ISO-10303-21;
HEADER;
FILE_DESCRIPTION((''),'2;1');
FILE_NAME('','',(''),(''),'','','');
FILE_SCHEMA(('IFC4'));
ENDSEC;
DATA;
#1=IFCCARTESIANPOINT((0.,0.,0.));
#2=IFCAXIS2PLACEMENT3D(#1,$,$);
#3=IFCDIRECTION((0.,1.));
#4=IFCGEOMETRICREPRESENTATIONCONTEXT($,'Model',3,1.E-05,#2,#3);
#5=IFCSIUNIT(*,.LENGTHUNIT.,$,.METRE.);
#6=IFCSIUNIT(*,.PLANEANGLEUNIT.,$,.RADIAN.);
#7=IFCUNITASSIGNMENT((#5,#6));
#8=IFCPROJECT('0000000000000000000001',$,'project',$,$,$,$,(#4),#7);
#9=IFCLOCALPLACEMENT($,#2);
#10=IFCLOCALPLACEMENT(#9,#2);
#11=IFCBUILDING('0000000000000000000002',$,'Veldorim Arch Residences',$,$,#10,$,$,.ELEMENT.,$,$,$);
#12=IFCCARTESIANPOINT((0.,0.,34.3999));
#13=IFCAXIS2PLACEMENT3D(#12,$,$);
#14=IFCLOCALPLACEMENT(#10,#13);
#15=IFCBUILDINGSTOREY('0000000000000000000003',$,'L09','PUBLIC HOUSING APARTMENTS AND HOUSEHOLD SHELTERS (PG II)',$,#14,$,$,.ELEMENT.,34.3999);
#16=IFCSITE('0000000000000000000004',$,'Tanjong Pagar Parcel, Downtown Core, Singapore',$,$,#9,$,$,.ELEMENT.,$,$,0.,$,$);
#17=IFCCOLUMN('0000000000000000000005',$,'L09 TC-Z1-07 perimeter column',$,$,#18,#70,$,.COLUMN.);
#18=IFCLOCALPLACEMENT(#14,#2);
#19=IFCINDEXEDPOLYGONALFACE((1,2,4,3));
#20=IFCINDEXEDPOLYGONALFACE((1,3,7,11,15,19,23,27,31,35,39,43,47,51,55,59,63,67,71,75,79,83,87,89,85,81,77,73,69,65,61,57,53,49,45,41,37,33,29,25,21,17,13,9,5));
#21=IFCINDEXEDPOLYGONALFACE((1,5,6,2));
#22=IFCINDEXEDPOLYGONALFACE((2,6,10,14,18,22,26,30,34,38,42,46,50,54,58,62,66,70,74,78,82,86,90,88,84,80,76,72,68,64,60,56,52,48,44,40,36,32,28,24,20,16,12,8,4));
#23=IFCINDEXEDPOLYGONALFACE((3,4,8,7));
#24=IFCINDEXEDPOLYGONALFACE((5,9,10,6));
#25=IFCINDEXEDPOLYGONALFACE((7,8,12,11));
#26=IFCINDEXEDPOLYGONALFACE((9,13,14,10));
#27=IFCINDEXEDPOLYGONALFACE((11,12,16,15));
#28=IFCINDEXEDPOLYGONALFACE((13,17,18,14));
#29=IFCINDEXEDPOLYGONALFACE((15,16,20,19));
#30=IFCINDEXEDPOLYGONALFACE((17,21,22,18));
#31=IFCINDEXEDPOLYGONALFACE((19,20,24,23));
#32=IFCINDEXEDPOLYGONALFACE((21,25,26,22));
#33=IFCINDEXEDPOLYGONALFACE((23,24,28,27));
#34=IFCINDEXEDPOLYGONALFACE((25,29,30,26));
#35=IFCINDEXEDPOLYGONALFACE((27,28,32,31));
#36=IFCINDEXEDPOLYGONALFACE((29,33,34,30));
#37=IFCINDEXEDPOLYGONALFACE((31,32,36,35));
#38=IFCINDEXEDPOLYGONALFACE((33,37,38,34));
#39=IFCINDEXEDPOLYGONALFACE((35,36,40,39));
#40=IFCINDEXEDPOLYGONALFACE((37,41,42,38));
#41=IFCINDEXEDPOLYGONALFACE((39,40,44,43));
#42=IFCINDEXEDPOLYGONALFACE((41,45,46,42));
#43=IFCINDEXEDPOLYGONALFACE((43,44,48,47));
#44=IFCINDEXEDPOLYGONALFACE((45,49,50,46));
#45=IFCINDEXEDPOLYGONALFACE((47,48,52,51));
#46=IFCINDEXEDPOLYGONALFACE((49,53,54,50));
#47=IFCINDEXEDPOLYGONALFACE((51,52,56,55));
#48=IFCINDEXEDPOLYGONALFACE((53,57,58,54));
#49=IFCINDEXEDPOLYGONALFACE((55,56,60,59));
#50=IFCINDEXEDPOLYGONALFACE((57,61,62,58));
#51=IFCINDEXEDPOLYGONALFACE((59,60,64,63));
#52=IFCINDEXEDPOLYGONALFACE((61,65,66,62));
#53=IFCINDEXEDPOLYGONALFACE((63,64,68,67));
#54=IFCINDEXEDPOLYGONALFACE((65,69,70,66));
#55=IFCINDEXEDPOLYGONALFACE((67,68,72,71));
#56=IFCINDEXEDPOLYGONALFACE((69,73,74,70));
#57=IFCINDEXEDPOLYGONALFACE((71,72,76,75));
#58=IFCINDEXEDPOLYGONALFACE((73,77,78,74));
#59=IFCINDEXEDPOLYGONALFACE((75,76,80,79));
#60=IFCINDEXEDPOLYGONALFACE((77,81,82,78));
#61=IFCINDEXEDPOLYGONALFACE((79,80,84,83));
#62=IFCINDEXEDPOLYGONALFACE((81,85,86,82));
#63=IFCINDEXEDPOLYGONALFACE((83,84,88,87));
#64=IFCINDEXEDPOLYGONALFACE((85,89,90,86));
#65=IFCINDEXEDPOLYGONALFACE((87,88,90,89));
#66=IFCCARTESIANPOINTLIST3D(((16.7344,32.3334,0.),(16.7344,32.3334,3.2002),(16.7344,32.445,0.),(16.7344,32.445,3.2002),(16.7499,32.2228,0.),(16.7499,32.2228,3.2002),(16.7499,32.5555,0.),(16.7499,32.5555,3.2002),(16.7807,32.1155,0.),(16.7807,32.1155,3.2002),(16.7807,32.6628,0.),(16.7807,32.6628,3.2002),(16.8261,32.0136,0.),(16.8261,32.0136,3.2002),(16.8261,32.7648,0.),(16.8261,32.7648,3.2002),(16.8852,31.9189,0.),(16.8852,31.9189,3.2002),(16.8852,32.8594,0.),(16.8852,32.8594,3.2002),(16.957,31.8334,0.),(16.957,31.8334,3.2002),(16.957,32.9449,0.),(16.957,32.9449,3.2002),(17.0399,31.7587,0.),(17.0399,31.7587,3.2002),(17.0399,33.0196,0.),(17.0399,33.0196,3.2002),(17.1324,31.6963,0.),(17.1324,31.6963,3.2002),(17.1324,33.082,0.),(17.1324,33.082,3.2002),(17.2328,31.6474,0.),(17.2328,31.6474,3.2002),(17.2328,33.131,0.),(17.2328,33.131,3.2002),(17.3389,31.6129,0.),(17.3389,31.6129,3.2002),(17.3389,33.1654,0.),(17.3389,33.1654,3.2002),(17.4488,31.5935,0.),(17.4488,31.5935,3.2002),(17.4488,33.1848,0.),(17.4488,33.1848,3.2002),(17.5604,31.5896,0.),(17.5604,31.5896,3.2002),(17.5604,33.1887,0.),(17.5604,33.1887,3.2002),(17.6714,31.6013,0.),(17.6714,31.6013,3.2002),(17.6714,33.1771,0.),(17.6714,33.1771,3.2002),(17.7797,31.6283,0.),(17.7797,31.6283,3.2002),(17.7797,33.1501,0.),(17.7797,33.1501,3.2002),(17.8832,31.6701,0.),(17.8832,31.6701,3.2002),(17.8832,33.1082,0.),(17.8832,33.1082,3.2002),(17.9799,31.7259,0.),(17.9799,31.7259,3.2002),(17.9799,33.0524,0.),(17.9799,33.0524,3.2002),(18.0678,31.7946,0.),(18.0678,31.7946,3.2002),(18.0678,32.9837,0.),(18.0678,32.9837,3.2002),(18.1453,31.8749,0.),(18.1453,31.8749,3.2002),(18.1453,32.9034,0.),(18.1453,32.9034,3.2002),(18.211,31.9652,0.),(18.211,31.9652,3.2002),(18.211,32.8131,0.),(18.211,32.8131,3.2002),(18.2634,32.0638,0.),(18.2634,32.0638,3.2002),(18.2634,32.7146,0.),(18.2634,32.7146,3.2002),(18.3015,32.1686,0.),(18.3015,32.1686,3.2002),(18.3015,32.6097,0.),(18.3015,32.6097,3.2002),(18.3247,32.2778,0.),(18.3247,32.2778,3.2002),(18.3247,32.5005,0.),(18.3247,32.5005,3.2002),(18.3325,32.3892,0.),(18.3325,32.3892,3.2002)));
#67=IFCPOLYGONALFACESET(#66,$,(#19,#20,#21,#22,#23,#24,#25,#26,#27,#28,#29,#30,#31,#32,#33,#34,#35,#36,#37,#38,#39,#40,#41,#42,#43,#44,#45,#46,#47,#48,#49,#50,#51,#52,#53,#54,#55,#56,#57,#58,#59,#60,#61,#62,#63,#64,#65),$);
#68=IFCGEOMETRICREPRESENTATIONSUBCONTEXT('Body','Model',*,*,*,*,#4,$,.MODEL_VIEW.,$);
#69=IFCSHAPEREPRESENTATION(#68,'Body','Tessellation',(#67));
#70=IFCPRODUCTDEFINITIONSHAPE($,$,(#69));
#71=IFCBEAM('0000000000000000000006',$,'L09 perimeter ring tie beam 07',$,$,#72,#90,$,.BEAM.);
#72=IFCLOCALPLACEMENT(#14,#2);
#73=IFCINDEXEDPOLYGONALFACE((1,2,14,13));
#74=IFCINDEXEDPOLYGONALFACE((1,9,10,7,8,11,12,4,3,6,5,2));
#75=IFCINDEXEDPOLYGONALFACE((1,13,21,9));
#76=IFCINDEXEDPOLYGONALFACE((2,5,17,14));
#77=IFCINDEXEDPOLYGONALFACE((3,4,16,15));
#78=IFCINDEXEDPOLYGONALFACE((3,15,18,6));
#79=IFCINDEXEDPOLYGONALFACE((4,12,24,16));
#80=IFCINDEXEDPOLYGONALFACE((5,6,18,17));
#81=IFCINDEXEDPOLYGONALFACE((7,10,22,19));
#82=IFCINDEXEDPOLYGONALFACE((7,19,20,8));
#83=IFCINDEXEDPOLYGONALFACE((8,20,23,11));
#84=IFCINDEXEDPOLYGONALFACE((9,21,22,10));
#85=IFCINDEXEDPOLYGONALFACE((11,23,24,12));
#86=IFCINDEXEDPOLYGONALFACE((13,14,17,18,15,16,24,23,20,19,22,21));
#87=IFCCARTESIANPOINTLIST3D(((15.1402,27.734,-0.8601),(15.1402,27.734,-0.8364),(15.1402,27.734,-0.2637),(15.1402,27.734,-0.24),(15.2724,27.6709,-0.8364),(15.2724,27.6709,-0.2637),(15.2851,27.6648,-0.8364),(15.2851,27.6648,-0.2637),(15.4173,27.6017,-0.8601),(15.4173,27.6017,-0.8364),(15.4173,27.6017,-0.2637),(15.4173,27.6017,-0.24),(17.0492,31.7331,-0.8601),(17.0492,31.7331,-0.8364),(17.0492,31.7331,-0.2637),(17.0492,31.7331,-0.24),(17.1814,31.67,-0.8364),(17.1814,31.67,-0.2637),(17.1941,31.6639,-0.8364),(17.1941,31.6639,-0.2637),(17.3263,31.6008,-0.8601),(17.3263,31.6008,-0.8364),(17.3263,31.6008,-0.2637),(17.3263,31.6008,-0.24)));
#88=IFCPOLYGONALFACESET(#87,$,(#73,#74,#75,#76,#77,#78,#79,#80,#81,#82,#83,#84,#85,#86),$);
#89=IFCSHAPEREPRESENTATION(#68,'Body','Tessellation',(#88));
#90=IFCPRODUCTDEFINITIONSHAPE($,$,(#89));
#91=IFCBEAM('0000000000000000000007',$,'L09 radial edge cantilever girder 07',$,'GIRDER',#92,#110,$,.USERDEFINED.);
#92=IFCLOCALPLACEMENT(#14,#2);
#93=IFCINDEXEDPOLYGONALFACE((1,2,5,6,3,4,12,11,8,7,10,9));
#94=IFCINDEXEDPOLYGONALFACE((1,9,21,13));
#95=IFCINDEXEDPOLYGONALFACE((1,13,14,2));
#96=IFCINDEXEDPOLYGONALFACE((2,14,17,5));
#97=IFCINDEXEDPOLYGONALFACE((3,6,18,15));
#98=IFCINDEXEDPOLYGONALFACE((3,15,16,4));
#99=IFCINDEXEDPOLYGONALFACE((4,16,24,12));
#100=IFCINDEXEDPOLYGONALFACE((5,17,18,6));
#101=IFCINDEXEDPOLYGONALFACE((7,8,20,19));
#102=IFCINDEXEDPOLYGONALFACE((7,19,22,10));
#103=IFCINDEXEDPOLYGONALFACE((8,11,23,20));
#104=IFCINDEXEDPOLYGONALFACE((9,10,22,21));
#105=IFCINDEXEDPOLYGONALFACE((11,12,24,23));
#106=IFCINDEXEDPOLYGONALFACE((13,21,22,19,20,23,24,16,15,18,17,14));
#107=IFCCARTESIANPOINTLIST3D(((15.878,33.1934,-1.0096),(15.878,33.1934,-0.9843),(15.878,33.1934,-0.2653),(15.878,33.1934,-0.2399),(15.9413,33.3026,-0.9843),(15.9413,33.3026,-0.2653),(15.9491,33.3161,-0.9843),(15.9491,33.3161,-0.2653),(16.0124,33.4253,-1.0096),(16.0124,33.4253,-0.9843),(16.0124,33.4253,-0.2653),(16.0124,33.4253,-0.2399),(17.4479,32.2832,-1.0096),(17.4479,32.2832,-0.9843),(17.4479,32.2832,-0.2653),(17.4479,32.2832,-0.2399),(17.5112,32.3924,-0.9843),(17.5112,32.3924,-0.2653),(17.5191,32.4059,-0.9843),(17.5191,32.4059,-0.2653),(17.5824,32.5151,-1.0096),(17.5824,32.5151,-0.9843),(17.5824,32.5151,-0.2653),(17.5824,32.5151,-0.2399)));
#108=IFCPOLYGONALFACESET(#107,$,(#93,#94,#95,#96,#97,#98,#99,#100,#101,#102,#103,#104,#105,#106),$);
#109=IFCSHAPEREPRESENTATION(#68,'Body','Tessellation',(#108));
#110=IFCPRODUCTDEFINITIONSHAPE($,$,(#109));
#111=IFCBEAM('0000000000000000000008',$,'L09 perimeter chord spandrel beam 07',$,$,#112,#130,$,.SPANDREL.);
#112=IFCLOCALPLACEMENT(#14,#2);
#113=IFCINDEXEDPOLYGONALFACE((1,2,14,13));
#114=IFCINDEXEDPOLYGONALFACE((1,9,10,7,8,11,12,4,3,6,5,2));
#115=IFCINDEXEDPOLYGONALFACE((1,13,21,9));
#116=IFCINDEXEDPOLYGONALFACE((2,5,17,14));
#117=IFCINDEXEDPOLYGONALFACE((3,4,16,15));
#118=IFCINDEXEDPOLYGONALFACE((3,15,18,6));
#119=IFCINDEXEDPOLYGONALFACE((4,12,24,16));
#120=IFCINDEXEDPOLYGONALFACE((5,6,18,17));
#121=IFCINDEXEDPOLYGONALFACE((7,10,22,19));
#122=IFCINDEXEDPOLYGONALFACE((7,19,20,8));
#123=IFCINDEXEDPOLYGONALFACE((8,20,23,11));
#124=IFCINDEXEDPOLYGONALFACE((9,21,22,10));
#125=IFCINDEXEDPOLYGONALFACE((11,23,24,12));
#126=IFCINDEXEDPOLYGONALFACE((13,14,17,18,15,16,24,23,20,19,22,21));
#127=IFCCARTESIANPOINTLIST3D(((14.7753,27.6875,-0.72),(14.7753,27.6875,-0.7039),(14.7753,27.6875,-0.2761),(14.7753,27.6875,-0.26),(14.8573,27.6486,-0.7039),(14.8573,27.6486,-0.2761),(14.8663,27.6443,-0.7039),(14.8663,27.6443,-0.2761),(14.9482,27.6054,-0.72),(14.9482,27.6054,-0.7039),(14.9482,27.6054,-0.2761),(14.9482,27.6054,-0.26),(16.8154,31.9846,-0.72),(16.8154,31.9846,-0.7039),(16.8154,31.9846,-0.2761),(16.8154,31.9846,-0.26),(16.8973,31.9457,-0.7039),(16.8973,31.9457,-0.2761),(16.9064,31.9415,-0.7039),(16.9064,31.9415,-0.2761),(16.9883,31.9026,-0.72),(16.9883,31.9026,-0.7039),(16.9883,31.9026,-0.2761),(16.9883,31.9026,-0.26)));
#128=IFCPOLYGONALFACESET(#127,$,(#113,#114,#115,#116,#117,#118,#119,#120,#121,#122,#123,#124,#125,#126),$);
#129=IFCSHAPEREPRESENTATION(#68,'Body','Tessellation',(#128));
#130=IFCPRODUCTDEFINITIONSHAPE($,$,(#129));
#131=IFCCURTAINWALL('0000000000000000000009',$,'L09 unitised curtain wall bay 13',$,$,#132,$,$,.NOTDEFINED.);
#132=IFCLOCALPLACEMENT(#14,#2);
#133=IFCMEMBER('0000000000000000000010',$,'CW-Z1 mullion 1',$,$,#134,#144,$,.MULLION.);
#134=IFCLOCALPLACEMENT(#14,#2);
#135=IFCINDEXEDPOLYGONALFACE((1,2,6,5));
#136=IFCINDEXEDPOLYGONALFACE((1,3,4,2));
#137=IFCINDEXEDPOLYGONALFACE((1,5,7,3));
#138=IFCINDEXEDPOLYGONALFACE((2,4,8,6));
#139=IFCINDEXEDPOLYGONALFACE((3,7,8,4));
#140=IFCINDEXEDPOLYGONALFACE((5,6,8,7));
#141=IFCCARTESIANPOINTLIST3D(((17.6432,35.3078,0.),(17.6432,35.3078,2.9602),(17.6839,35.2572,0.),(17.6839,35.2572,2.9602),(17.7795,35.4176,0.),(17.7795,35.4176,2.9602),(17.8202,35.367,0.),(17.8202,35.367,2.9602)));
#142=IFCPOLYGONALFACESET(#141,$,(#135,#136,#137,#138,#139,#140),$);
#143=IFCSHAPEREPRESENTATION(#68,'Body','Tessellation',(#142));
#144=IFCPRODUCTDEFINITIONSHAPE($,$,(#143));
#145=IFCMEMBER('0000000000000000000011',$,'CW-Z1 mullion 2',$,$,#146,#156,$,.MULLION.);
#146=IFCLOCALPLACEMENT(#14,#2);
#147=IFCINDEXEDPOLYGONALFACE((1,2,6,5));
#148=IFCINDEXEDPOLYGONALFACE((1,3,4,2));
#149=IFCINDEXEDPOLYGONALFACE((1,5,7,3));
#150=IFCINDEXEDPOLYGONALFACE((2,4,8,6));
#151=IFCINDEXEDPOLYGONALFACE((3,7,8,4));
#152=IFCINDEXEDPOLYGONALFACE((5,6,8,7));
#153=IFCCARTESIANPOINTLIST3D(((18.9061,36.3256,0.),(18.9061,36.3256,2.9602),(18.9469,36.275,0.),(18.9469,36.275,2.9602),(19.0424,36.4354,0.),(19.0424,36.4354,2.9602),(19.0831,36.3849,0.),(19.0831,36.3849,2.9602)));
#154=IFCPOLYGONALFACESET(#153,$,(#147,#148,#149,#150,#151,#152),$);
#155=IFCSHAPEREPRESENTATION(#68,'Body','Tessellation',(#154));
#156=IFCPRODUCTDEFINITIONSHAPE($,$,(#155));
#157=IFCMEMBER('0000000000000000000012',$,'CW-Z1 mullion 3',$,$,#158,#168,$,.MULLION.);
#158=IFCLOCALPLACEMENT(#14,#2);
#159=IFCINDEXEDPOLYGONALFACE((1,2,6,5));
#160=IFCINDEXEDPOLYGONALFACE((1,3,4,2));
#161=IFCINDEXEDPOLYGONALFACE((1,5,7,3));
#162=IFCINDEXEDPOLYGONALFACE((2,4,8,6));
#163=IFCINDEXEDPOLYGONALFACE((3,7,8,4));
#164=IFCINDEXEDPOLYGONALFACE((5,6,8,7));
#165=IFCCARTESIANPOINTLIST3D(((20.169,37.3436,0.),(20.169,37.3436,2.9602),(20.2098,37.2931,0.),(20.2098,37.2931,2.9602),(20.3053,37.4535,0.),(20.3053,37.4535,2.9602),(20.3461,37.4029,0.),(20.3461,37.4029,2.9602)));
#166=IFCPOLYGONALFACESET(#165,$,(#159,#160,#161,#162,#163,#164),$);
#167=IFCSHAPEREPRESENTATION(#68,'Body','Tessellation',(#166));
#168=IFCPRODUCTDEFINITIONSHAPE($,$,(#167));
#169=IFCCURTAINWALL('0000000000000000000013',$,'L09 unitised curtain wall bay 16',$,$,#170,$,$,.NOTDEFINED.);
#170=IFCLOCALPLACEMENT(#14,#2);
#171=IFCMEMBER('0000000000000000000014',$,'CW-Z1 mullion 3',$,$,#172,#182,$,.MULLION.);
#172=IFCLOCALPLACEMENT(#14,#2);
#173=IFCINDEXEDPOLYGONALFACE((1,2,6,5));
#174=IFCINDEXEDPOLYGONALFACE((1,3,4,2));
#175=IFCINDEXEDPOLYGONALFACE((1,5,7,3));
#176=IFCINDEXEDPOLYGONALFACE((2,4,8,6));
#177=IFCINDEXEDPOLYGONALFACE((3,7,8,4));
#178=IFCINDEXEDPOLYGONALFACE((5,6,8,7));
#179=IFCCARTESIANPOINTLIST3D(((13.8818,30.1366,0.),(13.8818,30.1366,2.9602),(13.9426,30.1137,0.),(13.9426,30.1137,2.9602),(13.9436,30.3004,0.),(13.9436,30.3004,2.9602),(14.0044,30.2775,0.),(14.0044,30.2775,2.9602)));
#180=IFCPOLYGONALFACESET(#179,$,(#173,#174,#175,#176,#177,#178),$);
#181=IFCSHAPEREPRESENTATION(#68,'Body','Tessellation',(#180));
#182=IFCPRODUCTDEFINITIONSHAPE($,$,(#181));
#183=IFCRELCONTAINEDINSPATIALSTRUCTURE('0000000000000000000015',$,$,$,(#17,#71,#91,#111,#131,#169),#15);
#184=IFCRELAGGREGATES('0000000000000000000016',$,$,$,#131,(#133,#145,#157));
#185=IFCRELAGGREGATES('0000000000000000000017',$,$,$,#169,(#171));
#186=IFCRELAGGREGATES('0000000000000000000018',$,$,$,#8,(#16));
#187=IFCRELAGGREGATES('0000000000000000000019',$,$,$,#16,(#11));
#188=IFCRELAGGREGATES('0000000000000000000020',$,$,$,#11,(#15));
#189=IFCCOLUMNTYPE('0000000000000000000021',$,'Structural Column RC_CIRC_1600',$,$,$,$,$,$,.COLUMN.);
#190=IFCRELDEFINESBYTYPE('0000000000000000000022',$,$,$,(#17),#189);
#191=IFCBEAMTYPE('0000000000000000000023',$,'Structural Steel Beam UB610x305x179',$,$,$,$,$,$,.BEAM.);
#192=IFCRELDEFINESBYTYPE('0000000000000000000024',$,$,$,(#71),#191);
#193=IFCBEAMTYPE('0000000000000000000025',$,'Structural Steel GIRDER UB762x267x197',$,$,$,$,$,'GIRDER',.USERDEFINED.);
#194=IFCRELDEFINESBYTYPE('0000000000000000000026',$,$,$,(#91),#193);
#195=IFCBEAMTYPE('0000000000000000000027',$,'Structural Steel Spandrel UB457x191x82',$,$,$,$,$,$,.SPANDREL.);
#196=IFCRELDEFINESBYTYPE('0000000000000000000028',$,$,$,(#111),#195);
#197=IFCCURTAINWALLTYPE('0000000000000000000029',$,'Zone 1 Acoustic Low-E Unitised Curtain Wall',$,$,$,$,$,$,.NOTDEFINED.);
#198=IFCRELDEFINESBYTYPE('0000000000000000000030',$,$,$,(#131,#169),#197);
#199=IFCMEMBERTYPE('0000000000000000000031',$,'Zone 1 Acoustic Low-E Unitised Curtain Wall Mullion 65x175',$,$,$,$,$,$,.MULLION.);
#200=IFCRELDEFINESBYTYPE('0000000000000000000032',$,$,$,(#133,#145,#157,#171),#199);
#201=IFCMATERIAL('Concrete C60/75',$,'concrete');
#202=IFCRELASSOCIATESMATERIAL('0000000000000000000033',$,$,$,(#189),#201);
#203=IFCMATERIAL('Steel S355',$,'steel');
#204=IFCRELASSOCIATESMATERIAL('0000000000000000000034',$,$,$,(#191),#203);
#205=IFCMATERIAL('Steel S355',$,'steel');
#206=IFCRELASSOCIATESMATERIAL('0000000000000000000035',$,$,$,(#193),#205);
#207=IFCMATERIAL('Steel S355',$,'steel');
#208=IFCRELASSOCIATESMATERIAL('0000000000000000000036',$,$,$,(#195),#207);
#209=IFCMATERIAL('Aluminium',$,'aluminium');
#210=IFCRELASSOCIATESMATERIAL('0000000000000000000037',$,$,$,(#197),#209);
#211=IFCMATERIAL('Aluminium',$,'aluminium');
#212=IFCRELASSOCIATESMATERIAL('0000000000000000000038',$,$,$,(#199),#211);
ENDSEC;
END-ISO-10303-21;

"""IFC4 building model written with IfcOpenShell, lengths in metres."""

from ifc_helpers import new_model, si_unit, direction, frame, origin, origin_2d, place, context, subcontext, project, spatial, rectangle, circle, i_section, extrude, material, material_profile, profile_set, type_object, element, aggregate, save


model = new_model("IFC4")

# Units and contexts
model_context = context("Model", 3, precision=1e-05, world=origin(), true_north=direction((0.0, 1.0)))
body_context = subcontext(model_context, "Body", "Model", "MODEL_VIEW")
ifc_project = project(units=[si_unit("LENGTHUNIT", "METRE"), si_unit("PLANEANGLEUNIT", "RADIAN")], contexts=[model_context])

# Site, building, storey
site_placement = place(None, origin())
site = spatial("IfcSite", under=ifc_project, at=site_placement, Name="Tanjong Pagar Parcel, Downtown Core, Singapore", CompositionType="ELEMENT", RefElevation=0.0)
building_placement = place(site_placement, origin())
building = spatial("IfcBuilding", under=site, at=building_placement, Name="Veldorim Arch Residences", CompositionType="ELEMENT")
storey_placement = place(building_placement, frame((0.0, 0.0, 34.3999)))
storey = spatial("IfcBuildingStorey", under=building, at=storey_placement, Name="L09", Description="PUBLIC HOUSING APARTMENTS AND HOUSEHOLD SHELTERS (PG II)", CompositionType="ELEMENT", Elevation=34.3999)

# Column
ifc_material_1 = material(Name="Concrete C60/75", Category="concrete")
ifc_material_profile_1 = material_profile(ifc_material_1, circle(Radius=0.8, at=origin_2d()), Name="RC_CIRC_1600")
ifc_profile_set_1 = profile_set([ifc_material_profile_1], Name="Concrete C60/75")
column_type = type_object("IfcColumnType", Name="Structural Column RC_CIRC_1600", PredefinedType="COLUMN", material=ifc_profile_set_1)
column_placement = place(storey_placement, frame((17.5325, 32.3892, 0.0), z_axis=(0.0, 0.0, 1.0), x_axis=(1.0, 0.0, 0.0)))
element("IfcColumn", 1, at=column_placement, inside=storey, type_object=column_type, Name="L09 TC-Z1-07 perimeter column", PredefinedType="COLUMN", context=body_context, shape_type="SweptSolid", body=[
    extrude(circle(Radius=0.8, at=origin_2d()), origin(), (0.0, 0.0, 1.0), 3.2002),
])

# Beams
ifc_material_2 = material(Name="Steel S355", Category="steel")
ifc_material_profile_2 = material_profile(ifc_material_2, i_section(OverallWidth=0.3071, OverallDepth=0.6201, WebThickness=0.0142, FlangeThickness=0.0237, at=origin_2d()), Name="UB610x305x179")
ifc_profile_set_2 = profile_set([ifc_material_profile_2], Name="Steel S355")
beam_type_1 = type_object("IfcBeamType", Name="Structural Steel Beam UB610x305x179", PredefinedType="BEAM", material=ifc_profile_set_2)
beam_1_placement = place(storey_placement, frame((17.1877, 31.667, -0.55), z_axis=(-0.430787, -0.902454, 0.0), x_axis=(0.902454, -0.430787, 0.0)))
element("IfcBeam", 2, at=beam_1_placement, inside=storey, type_object=beam_type_1, Name="L09 perimeter ring tie beam 07", PredefinedType="BEAM", context=body_context, shape_type="SweptSolid", body=[
    extrude(i_section(OverallWidth=0.3071, OverallDepth=0.6201, WebThickness=0.0142, FlangeThickness=0.0237, at=origin_2d()), origin(), (0.0, 0.0, 1.0), 4.4314),
])
ifc_material_3 = material(Name="Steel S355", Category="steel")
ifc_material_profile_3 = material_profile(ifc_material_3, i_section(OverallWidth=0.2681, OverallDepth=0.7698, WebThickness=0.0156, FlangeThickness=0.0254, at=origin_2d()), Name="UB762x267x197")
ifc_profile_set_3 = profile_set([ifc_material_profile_3], Name="Steel S355")
beam_type_2 = type_object("IfcBeamType", Name="Structural Steel GIRDER UB762x267x197", ElementType="GIRDER", PredefinedType="USERDEFINED", material=ifc_profile_set_3)
beam_2_placement = place(storey_placement, frame((17.5151, 32.3992, -0.6248), z_axis=(-0.865113, 0.501577, 0.0), x_axis=(-0.501577, -0.865113, 0.0)))
element("IfcBeam", 3, at=beam_2_placement, inside=storey, type_object=beam_type_2, Name="L09 radial edge cantilever girder 07", ObjectType="GIRDER", PredefinedType="USERDEFINED", context=body_context, shape_type="SweptSolid", body=[
    extrude(i_section(OverallWidth=0.2681, OverallDepth=0.7698, WebThickness=0.0156, FlangeThickness=0.0254, at=origin_2d()), origin(), (0.0, 0.0, 1.0), 1.8147),
])
ifc_material_4 = material(Name="Steel S355", Category="steel")
ifc_material_profile_4 = material_profile(ifc_material_4, i_section(OverallWidth=0.1914, OverallDepth=0.46, WebThickness=0.01, FlangeThickness=0.0161, at=origin_2d()), Name="UB457x191x82")
ifc_profile_set_4 = profile_set([ifc_material_profile_4], Name="Steel S355")
beam_type_3 = type_object("IfcBeamType", Name="Structural Steel Spandrel UB457x191x82", PredefinedType="SPANDREL", material=ifc_profile_set_4)
beam_3_placement = place(storey_placement, frame((16.9019, 31.9436, -0.49), z_axis=(-0.428869, -0.903366, 0.0), x_axis=(0.903366, -0.428869, 0.0)))
element("IfcBeam", 4, at=beam_3_placement, inside=storey, type_object=beam_type_3, Name="L09 perimeter chord spandrel beam 07", PredefinedType="SPANDREL", context=body_context, shape_type="SweptSolid", body=[
    extrude(i_section(OverallWidth=0.1914, OverallDepth=0.46, WebThickness=0.01, FlangeThickness=0.0161, at=origin_2d()), origin(), (0.0, 0.0, 1.0), 4.7568),
])

# Curtain wall, members
ifc_material_5 = material(Name="Aluminium", Category="aluminium")
curtain_wall_type = type_object("IfcCurtainWallType", Name="Zone 1 Acoustic Low-E Unitised Curtain Wall", PredefinedType="NOTDEFINED", material=ifc_material_5)
curtain_wall_1_placement = place(storey_placement, origin())
curtain_wall_1 = element("IfcCurtainWall", 5, at=curtain_wall_1_placement, inside=storey, type_object=curtain_wall_type, Name="L09 unitised curtain wall bay 13", PredefinedType="NOTDEFINED")
ifc_material_6 = material(Name="Aluminium", Category="aluminium")
ifc_material_profile_5 = material_profile(ifc_material_6, rectangle(XDim=0.0649, YDim=0.175, at=origin_2d()), Name="ALU_MUL_65x175")
ifc_profile_set_5 = profile_set([ifc_material_profile_5], Name="Aluminium")
member_type_1 = type_object("IfcMemberType", Name="Zone 1 Acoustic Low-E Unitised Curtain Wall Mullion 65x175", PredefinedType="MULLION", material=ifc_profile_set_5)
member_1_placement = place(storey_placement, frame((17.7317, 35.3374, 0.0), z_axis=(0.0, 0.0, 1.0), x_axis=(-0.627562, 0.778567, 0.0)))
member_1 = element("IfcMember", 6, at=member_1_placement, type_object=member_type_1, Name="CW-Z1 mullion 1", PredefinedType="MULLION", context=body_context, shape_type="SweptSolid", body=[
    extrude(rectangle(XDim=0.0649, YDim=0.175, at=origin_2d()), origin(), (0.0, 0.0, 1.0), 2.9602),
])
member_2_placement = place(storey_placement, frame((18.9946, 36.3552, 0.0), z_axis=(0.0, 0.0, 1.0), x_axis=(-0.627562, 0.778567, 0.0)))
member_2 = element("IfcMember", 7, at=member_2_placement, type_object=member_type_1, Name="CW-Z1 mullion 2", PredefinedType="MULLION", context=body_context, shape_type="SweptSolid", body=[
    extrude(rectangle(XDim=0.0649, YDim=0.175, at=origin_2d()), origin(), (0.0, 0.0, 1.0), 2.9602),
])
member_3_placement = place(storey_placement, frame((20.2576, 37.3733, 0.0), z_axis=(0.0, 0.0, 1.0), x_axis=(-0.627562, 0.778567, 0.0)))
member_3 = element("IfcMember", 8, at=member_3_placement, type_object=member_type_1, Name="CW-Z1 mullion 3", PredefinedType="MULLION", context=body_context, shape_type="SweptSolid", body=[
    extrude(rectangle(XDim=0.0649, YDim=0.175, at=origin_2d()), origin(), (0.0, 0.0, 1.0), 2.9602),
])

# Curtain wall, member
curtain_wall_2_placement = place(storey_placement, origin())
curtain_wall_2 = element("IfcCurtainWall", 9, at=curtain_wall_2_placement, inside=storey, type_object=curtain_wall_type, Name="L09 unitised curtain wall bay 16", PredefinedType="NOTDEFINED")
member_4_placement = place(storey_placement, frame((13.9431, 30.207, 0.0), z_axis=(0.0, 0.0, 1.0), x_axis=(-0.935656, 0.352914, 0.0)))
member_4 = element("IfcMember", 10, at=member_4_placement, type_object=member_type_1, Name="CW-Z1 mullion 3", PredefinedType="MULLION", context=body_context, shape_type="SweptSolid", body=[
    extrude(rectangle(XDim=0.0649, YDim=0.175, at=origin_2d()), origin(), (0.0, 0.0, 1.0), 2.9602),
])

aggregate(curtain_wall_1, [member_1, member_2, member_3])
aggregate(curtain_wall_2, [member_4])

save(model, "model.ifc")
